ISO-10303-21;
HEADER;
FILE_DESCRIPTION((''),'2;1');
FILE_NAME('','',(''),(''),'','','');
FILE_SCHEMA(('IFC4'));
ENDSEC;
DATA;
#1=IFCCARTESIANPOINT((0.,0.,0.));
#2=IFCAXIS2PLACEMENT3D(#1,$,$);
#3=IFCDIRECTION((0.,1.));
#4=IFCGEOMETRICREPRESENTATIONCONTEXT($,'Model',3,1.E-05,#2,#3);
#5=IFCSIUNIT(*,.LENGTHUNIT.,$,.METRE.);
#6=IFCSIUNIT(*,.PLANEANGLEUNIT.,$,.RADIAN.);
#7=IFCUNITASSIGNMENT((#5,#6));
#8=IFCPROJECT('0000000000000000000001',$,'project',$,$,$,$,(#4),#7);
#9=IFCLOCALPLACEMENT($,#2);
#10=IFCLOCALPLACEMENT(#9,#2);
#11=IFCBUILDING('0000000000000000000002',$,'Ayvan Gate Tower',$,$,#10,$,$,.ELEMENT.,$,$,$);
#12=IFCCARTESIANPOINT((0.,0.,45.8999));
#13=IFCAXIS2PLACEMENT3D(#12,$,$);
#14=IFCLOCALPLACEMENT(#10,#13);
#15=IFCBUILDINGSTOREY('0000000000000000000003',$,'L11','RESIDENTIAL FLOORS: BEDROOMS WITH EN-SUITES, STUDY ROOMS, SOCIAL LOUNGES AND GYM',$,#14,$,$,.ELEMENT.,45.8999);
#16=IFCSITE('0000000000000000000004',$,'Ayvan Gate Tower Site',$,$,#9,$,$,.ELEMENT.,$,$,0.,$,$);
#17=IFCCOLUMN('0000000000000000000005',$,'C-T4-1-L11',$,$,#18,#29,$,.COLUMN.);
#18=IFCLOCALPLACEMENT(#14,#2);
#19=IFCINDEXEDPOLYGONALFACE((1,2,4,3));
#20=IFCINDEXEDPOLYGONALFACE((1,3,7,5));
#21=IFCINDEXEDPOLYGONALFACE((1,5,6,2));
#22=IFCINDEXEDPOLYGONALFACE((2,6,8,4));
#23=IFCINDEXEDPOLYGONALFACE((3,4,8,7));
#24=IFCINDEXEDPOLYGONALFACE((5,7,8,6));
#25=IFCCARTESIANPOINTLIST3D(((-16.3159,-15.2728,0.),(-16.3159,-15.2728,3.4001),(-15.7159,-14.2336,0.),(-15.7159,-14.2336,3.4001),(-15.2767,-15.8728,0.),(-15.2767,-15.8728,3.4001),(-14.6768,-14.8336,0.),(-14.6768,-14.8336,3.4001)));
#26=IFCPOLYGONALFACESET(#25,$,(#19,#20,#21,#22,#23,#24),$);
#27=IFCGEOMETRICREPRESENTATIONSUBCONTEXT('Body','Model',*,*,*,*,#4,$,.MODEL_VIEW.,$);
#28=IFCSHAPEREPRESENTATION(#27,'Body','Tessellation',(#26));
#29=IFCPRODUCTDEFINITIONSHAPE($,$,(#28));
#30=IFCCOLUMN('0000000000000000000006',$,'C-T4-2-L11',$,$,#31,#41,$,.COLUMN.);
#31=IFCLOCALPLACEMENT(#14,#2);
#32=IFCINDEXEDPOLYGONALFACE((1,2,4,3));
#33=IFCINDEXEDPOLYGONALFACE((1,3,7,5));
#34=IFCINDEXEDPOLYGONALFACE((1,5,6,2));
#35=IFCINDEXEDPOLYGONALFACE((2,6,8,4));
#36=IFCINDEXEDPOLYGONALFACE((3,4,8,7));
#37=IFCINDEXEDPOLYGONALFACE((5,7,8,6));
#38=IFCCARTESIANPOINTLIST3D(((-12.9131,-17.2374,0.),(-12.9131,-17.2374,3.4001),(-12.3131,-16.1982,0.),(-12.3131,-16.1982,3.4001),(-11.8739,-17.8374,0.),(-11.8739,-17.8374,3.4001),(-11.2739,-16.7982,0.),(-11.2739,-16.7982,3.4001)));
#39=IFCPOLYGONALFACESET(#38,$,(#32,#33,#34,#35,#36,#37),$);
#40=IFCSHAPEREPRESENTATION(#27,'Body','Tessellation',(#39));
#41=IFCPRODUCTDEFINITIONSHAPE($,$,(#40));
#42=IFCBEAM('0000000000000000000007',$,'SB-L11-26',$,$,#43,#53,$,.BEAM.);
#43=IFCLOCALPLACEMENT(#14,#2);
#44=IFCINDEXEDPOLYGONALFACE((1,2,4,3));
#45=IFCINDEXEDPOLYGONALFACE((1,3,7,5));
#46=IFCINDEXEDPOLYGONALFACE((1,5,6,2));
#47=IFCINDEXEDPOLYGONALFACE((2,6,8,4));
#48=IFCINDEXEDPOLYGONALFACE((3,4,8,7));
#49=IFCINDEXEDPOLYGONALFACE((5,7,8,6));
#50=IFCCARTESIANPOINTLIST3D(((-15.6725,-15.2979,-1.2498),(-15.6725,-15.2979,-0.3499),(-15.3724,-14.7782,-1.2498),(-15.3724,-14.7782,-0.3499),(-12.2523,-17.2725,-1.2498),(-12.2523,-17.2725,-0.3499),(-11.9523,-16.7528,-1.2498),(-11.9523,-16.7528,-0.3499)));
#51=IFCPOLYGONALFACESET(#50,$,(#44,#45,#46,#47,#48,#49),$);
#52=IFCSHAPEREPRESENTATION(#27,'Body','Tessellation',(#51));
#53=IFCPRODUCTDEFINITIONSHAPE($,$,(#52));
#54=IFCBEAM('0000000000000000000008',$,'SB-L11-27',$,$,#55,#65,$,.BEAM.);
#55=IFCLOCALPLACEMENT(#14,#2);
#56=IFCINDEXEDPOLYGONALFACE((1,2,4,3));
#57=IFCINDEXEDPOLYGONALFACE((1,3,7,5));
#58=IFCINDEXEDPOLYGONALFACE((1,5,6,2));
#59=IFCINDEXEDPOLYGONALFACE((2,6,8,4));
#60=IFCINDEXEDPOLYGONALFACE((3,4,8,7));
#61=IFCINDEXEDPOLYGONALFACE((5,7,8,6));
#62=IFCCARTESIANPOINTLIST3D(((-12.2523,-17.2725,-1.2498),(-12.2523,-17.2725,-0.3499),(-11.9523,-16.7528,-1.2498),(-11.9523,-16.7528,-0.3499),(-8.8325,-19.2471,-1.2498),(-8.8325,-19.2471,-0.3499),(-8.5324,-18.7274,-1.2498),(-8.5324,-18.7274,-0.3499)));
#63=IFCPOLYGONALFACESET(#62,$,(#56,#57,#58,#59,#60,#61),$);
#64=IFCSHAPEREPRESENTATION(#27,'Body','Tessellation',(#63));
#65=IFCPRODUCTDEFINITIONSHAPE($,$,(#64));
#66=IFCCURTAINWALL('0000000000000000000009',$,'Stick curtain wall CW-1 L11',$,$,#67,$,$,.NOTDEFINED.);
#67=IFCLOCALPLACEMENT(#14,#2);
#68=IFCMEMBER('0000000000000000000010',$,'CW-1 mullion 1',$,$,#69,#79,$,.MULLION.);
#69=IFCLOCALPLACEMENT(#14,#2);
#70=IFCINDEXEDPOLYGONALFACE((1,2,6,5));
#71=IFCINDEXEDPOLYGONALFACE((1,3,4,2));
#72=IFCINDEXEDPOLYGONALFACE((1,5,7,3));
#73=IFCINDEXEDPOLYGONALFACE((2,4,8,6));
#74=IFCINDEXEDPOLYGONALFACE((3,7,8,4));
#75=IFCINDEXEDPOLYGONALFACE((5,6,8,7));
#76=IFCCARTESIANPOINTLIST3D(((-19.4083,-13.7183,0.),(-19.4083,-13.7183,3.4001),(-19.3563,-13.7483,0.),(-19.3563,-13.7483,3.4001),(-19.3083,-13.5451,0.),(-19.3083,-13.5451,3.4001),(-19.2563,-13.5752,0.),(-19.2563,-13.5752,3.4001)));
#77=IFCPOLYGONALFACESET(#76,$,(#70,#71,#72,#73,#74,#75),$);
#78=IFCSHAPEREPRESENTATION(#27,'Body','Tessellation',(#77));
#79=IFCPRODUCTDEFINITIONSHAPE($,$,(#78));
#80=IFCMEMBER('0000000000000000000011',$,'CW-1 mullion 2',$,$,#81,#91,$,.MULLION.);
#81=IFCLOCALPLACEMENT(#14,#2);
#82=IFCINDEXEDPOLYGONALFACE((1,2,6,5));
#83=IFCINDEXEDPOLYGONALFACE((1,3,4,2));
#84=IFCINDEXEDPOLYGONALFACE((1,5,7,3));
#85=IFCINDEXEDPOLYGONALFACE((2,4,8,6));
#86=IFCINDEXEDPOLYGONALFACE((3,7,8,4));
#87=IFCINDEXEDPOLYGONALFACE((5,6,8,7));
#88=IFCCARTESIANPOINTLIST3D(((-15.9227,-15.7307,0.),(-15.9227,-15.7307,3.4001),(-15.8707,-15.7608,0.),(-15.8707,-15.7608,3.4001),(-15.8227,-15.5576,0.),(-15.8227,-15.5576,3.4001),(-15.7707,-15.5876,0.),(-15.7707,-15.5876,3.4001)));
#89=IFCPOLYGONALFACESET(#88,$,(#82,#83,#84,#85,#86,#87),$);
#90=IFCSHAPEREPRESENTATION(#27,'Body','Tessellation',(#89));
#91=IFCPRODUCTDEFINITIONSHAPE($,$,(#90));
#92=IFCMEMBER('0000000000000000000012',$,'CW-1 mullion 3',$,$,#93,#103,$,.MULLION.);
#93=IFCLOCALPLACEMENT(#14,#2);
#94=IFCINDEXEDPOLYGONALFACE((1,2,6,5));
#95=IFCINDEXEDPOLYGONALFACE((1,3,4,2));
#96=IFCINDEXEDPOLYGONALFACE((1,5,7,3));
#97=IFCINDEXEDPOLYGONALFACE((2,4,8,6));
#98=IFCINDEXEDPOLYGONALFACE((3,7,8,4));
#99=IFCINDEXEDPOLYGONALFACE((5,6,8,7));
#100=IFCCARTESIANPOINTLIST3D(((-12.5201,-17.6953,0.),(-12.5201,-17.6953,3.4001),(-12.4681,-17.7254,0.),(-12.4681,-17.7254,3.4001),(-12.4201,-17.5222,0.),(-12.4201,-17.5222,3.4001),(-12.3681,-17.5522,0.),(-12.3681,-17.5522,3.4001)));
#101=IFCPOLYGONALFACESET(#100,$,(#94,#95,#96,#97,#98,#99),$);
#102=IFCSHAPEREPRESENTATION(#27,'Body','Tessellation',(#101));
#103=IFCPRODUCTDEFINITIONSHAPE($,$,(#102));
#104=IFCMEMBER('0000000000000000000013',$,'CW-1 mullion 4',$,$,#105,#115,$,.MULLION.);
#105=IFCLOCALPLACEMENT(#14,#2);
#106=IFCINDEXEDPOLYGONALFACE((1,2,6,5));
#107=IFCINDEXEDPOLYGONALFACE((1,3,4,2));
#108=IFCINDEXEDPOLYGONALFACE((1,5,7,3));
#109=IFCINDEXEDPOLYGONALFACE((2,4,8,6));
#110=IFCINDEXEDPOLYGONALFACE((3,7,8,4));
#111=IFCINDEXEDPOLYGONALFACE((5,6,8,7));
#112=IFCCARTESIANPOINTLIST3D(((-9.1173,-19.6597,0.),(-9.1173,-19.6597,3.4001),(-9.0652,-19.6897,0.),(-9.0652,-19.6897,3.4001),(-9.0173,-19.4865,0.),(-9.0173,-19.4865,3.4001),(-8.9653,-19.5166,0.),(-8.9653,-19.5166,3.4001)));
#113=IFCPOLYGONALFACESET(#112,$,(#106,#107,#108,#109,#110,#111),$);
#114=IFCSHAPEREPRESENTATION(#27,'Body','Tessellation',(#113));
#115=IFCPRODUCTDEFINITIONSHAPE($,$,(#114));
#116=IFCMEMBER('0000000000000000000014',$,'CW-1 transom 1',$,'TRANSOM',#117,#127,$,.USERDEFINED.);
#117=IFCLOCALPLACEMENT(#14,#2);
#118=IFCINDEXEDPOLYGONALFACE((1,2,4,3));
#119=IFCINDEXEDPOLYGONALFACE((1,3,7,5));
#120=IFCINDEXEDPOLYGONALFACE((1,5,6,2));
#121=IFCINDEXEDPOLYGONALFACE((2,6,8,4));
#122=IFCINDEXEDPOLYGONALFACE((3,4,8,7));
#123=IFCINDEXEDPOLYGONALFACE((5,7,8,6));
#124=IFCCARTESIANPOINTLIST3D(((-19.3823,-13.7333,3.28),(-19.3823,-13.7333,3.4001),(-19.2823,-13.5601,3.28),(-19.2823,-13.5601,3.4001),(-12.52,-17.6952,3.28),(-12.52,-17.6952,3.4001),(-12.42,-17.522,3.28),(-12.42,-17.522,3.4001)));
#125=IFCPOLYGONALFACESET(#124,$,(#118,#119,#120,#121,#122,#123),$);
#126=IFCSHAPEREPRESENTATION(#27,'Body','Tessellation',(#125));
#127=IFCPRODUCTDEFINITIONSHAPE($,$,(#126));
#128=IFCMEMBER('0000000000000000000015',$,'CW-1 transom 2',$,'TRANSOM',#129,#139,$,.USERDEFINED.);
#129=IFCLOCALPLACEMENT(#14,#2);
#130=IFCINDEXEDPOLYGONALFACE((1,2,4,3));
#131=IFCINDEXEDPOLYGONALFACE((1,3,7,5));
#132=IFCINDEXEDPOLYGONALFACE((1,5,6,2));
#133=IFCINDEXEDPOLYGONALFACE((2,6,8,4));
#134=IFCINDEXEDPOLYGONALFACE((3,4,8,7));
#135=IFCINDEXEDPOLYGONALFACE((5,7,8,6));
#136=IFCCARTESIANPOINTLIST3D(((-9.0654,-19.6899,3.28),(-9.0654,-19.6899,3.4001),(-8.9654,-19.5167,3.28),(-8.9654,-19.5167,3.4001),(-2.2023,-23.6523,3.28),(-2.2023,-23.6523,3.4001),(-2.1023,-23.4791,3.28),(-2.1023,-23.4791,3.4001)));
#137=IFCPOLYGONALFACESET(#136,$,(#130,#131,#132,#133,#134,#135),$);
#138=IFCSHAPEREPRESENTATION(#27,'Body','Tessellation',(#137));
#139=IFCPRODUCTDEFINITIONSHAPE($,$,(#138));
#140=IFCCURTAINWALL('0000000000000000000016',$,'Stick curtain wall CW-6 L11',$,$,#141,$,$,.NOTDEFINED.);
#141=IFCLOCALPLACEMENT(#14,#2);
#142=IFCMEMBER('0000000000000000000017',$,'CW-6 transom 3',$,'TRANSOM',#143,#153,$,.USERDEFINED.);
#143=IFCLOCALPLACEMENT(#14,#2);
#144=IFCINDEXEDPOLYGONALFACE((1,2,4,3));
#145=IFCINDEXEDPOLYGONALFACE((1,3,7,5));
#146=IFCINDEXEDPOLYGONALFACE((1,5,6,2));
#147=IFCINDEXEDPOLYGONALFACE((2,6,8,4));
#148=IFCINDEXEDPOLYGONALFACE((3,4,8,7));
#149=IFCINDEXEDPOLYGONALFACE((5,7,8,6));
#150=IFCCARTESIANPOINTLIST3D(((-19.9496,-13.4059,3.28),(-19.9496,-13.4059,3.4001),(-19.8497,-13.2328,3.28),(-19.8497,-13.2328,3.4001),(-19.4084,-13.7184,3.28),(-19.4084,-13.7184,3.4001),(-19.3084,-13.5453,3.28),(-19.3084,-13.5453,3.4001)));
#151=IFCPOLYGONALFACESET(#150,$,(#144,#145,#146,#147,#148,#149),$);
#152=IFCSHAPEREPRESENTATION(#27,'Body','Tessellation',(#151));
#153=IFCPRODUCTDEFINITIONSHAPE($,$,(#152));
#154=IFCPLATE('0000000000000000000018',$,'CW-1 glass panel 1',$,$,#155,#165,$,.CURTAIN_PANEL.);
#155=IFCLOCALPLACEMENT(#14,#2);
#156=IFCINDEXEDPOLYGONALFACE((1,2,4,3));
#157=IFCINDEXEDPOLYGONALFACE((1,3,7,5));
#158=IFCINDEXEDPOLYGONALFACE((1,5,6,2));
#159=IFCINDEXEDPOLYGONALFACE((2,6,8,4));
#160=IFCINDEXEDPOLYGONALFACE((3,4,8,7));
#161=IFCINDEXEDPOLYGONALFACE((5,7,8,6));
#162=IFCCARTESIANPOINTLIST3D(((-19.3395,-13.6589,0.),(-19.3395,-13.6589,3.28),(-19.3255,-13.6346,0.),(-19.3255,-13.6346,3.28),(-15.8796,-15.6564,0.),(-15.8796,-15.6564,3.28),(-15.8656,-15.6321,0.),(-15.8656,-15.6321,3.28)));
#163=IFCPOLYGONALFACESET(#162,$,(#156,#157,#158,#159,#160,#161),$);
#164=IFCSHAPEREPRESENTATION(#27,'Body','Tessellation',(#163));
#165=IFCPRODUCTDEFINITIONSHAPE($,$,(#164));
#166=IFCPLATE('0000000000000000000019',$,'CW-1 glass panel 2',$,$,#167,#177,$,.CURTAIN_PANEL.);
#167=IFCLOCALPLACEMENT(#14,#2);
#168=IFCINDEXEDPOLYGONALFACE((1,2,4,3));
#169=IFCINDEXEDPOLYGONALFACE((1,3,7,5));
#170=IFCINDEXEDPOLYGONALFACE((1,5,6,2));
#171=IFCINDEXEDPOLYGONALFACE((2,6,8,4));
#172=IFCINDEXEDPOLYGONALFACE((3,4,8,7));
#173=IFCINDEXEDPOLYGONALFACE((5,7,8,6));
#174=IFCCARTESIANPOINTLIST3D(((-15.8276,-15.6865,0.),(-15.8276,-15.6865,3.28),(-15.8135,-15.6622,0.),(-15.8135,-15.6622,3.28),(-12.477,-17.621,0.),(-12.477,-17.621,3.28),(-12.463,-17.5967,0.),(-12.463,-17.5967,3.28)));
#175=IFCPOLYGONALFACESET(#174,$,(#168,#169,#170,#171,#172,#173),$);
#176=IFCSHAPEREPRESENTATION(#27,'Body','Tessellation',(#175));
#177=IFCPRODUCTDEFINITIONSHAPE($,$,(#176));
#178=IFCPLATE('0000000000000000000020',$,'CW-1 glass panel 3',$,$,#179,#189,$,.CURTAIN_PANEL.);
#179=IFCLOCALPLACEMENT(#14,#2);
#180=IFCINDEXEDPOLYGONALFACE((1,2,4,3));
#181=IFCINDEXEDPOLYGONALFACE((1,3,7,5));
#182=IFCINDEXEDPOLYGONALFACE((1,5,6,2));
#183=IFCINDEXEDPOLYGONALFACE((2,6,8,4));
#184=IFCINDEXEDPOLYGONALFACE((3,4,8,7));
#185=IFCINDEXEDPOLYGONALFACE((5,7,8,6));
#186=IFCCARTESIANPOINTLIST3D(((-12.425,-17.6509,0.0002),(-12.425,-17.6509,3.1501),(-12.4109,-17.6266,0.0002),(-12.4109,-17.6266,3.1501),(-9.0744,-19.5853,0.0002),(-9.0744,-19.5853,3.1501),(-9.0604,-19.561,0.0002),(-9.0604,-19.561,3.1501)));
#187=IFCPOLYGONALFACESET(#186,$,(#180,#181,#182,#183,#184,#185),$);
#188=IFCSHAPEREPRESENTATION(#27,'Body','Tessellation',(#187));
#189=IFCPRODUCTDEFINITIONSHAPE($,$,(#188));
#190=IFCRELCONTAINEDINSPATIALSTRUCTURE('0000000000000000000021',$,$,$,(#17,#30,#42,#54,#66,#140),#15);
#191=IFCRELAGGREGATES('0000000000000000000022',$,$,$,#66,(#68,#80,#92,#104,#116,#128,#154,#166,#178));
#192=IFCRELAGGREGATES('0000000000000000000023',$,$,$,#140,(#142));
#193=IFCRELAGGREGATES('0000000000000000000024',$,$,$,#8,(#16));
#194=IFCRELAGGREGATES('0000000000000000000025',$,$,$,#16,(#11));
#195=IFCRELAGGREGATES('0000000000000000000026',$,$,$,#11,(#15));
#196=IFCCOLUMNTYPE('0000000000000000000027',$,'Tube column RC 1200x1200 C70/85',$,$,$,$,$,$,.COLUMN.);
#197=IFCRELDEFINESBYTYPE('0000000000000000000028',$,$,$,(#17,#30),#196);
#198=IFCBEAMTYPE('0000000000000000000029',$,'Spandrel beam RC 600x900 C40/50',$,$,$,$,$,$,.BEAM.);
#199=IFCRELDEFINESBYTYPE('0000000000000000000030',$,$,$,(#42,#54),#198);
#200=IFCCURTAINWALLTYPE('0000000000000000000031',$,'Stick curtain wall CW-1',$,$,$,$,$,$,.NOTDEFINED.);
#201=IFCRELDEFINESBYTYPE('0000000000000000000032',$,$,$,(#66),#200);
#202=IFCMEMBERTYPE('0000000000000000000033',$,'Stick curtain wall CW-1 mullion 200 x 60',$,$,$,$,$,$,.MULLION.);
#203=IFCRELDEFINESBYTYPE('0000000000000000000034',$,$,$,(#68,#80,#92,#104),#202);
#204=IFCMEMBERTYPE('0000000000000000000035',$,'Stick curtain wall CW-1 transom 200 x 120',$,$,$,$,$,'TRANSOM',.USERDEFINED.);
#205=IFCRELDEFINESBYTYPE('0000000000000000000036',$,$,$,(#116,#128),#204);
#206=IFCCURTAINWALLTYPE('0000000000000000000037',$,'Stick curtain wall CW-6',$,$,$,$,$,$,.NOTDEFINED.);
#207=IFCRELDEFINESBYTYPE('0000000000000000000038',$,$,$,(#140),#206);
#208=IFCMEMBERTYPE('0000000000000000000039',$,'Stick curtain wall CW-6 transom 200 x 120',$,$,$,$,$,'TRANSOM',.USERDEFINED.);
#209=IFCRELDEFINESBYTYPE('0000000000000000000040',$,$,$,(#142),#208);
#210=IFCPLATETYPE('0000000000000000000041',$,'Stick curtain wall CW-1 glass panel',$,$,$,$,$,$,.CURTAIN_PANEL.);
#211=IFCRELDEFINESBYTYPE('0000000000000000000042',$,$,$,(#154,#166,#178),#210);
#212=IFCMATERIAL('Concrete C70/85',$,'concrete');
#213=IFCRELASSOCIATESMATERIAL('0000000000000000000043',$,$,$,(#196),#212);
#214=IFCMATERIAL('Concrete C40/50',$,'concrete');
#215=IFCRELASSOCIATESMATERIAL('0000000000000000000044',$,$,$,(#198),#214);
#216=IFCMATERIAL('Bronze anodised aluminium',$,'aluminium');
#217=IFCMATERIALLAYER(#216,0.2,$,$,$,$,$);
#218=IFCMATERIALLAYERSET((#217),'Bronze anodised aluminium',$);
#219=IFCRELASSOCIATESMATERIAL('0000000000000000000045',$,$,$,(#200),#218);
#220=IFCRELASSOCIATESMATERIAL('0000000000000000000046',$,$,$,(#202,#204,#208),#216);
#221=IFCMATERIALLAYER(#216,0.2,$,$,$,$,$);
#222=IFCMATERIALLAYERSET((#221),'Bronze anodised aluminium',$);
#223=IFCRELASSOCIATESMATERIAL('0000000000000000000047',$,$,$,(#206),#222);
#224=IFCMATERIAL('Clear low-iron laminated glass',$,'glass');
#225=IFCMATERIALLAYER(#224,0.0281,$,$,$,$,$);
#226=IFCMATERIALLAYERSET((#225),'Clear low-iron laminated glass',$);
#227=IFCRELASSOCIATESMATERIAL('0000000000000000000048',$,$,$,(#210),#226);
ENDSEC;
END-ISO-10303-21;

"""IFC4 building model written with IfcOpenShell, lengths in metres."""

from ifc_helpers import new_model, si_unit, direction, frame, origin, origin_2d, place, context, subcontext, project, spatial, rectangle, extrude, material, layer, layer_set, material_profile, profile_set, type_object, element, aggregate, save


model = new_model("IFC4")

# Units and contexts
model_context = context("Model", 3, precision=1e-05, world=origin(), true_north=direction((0.0, 1.0)))
body_context = subcontext(model_context, "Body", "Model", "MODEL_VIEW")
ifc_project = project(units=[si_unit("LENGTHUNIT", "METRE"), si_unit("PLANEANGLEUNIT", "RADIAN")], contexts=[model_context])

# Site, building, storey
site_placement = place(None, origin())
site = spatial("IfcSite", under=ifc_project, at=site_placement, Name="Ayvan Gate Tower Site", CompositionType="ELEMENT", RefElevation=0.0)
building_placement = place(site_placement, origin())
building = spatial("IfcBuilding", under=site, at=building_placement, Name="Ayvan Gate Tower", CompositionType="ELEMENT")
storey_placement = place(building_placement, frame((0.0, 0.0, 45.8999)))
storey = spatial("IfcBuildingStorey", under=building, at=storey_placement, Name="L11", Description="RESIDENTIAL FLOORS: BEDROOMS WITH EN-SUITES, STUDY ROOMS, SOCIAL LOUNGES AND GYM", CompositionType="ELEMENT", Elevation=45.8999)

# Columns
ifc_material_1 = material(Name="Concrete C70/85", Category="concrete")
ifc_material_profile_1 = material_profile(ifc_material_1, rectangle(XDim=1.2, YDim=1.2, at=origin_2d()), Name="RC 1200x1200")
ifc_profile_set_1 = profile_set([ifc_material_profile_1], Name="Concrete C70/85")
column_type = type_object("IfcColumnType", Name="Tube column RC 1200x1200 C70/85", PredefinedType="COLUMN", material=ifc_profile_set_1)
for number, where, z_axis, x_axis, name in (
    (1, (-15.4963, -15.0532, 0.0), (0.0, 0.0, 1.0), (-0.5, -0.866025, 0.0), "C-T4-1-L11"),
    (2, (-12.0935, -17.0178, 0.0), (0.0, 0.0, 1.0), (-0.5, -0.866025, 0.0), "C-T4-2-L11"),
):
    element("IfcColumn", number, at=place(storey_placement, frame(where, z_axis=z_axis, x_axis=x_axis)), inside=storey, type_object=column_type, Name=name, PredefinedType="COLUMN", context=body_context, shape_type="SweptSolid", body=[
        extrude(rectangle(XDim=1.2, YDim=1.2, at=origin_2d()), origin(), (0.0, 0.0, 1.0), 3.4001),
    ])

# Beams
ifc_material_2 = material(Name="Concrete C40/50", Category="concrete")
ifc_material_profile_2 = material_profile(ifc_material_2, rectangle(XDim=0.6001, YDim=0.8999, at=origin_2d()), Name="RC 600x900")
ifc_profile_set_2 = profile_set([ifc_material_profile_2], Name="Concrete C40/50")
beam_type = type_object("IfcBeamType", Name="Spandrel beam RC 600x900 C40/50", PredefinedType="BEAM", material=ifc_profile_set_2)
beam_1_placement = place(storey_placement, frame((-15.5225, -15.0381, -0.7998), z_axis=(0.866028, -0.499995, 0.0), x_axis=(0.499995, 0.866028, 0.0)))
element("IfcBeam", 3, at=beam_1_placement, inside=storey, type_object=beam_type, Name="SB-L11-26", PredefinedType="BEAM", context=body_context, shape_type="SweptSolid", body=[
    extrude(rectangle(XDim=0.6001, YDim=0.8999, at=origin_2d()), origin(), (0.0, 0.0, 1.0), 3.9492),
])
beam_2_placement = place(storey_placement, frame((-12.1023, -17.0127, -0.7998), z_axis=(0.866013, -0.500022, 0.0), x_axis=(0.500022, 0.866013, 0.0)))
element("IfcBeam", 4, at=beam_2_placement, inside=storey, type_object=beam_type, Name="SB-L11-27", PredefinedType="BEAM", context=body_context, shape_type="SweptSolid", body=[
    extrude(rectangle(XDim=0.6001, YDim=0.8999, at=origin_2d()), origin(), (0.0, 0.0, 1.0), 3.949),
])

# Curtain wall, members
ifc_material_3 = material(Name="Bronze anodised aluminium", Category="aluminium")
ifc_layer_1 = layer(ifc_material_3, 0.2)
ifc_layer_set_1 = layer_set([ifc_layer_1], Name="Bronze anodised aluminium")
curtain_wall_type_1 = type_object("IfcCurtainWallType", Name="Stick curtain wall CW-1", PredefinedType="NOTDEFINED", material=ifc_layer_set_1)
curtain_wall_1_placement = place(storey_placement, origin())
curtain_wall_1 = element("IfcCurtainWall", 5, at=curtain_wall_1_placement, inside=storey, type_object=curtain_wall_type_1, Name="Stick curtain wall CW-1 L11", PredefinedType="NOTDEFINED")
ifc_material_profile_3 = material_profile(ifc_material_3, rectangle(XDim=0.2, YDim=0.0601, at=origin_2d()), Name="Stick curtain wall CW-1 mullion 200 x 60")
ifc_profile_set_3 = profile_set([ifc_material_profile_3], Name="Bronze anodised aluminium")
member_type_1 = type_object("IfcMemberType", Name="Stick curtain wall CW-1 mullion 200 x 60", PredefinedType="MULLION", material=ifc_profile_set_3)
member_1_placement = place(storey_placement, frame((-19.3323, -13.6467, 0.0), z_axis=(0.0, 0.0, 1.0), x_axis=(-0.5, -0.866025, 0.0)))
member_1 = element("IfcMember", 6, at=member_1_placement, type_object=member_type_1, Name="CW-1 mullion 1", PredefinedType="MULLION", context=body_context, shape_type="SweptSolid", body=[
    extrude(rectangle(XDim=0.2, YDim=0.0601, at=origin_2d()), origin(), (0.0, 0.0, 1.0), 3.4001),
])
member_2_placement = place(storey_placement, frame((-15.8467, -15.6592, 0.0), z_axis=(0.0, 0.0, 1.0), x_axis=(-0.5, -0.866025, 0.0)))
member_2 = element("IfcMember", 7, at=member_2_placement, type_object=member_type_1, Name="CW-1 mullion 2", PredefinedType="MULLION", context=body_context, shape_type="SweptSolid", body=[
    extrude(rectangle(XDim=0.2, YDim=0.0601, at=origin_2d()), origin(), (0.0, 0.0, 1.0), 3.4001),
])
member_3_placement = place(storey_placement, frame((-12.4441, -17.6238, 0.0), z_axis=(0.0, 0.0, 1.0), x_axis=(-0.5, -0.866025, 0.0)))
member_3 = element("IfcMember", 8, at=member_3_placement, type_object=member_type_1, Name="CW-1 mullion 3", PredefinedType="MULLION", context=body_context, shape_type="SweptSolid", body=[
    extrude(rectangle(XDim=0.2, YDim=0.0601, at=origin_2d()), origin(), (0.0, 0.0, 1.0), 3.4001),
])
member_4_placement = place(storey_placement, frame((-9.0413, -19.5881, 0.0), z_axis=(0.0, 0.0, 1.0), x_axis=(-0.5, -0.866025, 0.0)))
member_4 = element("IfcMember", 9, at=member_4_placement, type_object=member_type_1, Name="CW-1 mullion 4", PredefinedType="MULLION", context=body_context, shape_type="SweptSolid", body=[
    extrude(rectangle(XDim=0.2, YDim=0.0601, at=origin_2d()), origin(), (0.0, 0.0, 1.0), 3.4001),
])
ifc_material_profile_4 = material_profile(ifc_material_3, rectangle(XDim=0.2, YDim=0.1201, at=origin_2d()), Name="Stick curtain wall CW-1 transom 200 x 120")
ifc_profile_set_4 = profile_set([ifc_material_profile_4], Name="Bronze anodised aluminium")
member_type_2 = type_object("IfcMemberType", Name="Stick curtain wall CW-1 transom 200 x 120", ElementType="TRANSOM", PredefinedType="USERDEFINED", material=ifc_profile_set_4)
member_5_placement = place(storey_placement, frame((-19.3323, -13.6467, 3.3401), z_axis=(0.866028, -0.499996, 0.0), x_axis=(0.499996, 0.866028, 0.0)))
member_5 = element("IfcMember", 10, at=member_5_placement, type_object=member_type_2, Name="CW-1 transom 1", ObjectType="TRANSOM", PredefinedType="USERDEFINED", context=body_context, shape_type="SweptSolid", body=[
    extrude(rectangle(XDim=0.2, YDim=0.1201, at=origin_2d()), origin(), (0.0, 0.0, 1.0), 7.9238),
])
member_6_placement = place(storey_placement, frame((-9.0154, -19.6033, 3.3401), z_axis=(0.866024, -0.500002, 0.0), x_axis=(0.500002, 0.866024, 0.0)))
member_6 = element("IfcMember", 11, at=member_6_placement, type_object=member_type_2, Name="CW-1 transom 2", ObjectType="TRANSOM", PredefinedType="USERDEFINED", context=body_context, shape_type="SweptSolid", body=[
    extrude(rectangle(XDim=0.2, YDim=0.1201, at=origin_2d()), origin(), (0.0, 0.0, 1.0), 7.9248),
])

# Curtain wall, member
ifc_layer_2 = layer(ifc_material_3, 0.2)
ifc_layer_set_2 = layer_set([ifc_layer_2], Name="Bronze anodised aluminium")
curtain_wall_type_2 = type_object("IfcCurtainWallType", Name="Stick curtain wall CW-6", PredefinedType="NOTDEFINED", material=ifc_layer_set_2)
curtain_wall_2_placement = place(storey_placement, origin())
curtain_wall_2 = element("IfcCurtainWall", 12, at=curtain_wall_2_placement, inside=storey, type_object=curtain_wall_type_2, Name="Stick curtain wall CW-6 L11", PredefinedType="NOTDEFINED")
ifc_material_profile_5 = material_profile(ifc_material_3, rectangle(XDim=0.2, YDim=0.1201, at=origin_2d()), Name="Stick curtain wall CW-6 transom 200 x 120")
ifc_profile_set_5 = profile_set([ifc_material_profile_5], Name="Bronze anodised aluminium")
member_type_3 = type_object("IfcMemberType", Name="Stick curtain wall CW-6 transom 200 x 120", ElementType="TRANSOM", PredefinedType="USERDEFINED", material=ifc_profile_set_5)
member_7_placement = place(storey_placement, frame((-19.8997, -13.3193, 3.3401), z_axis=(0.866023, -0.500004, 0.0), x_axis=(0.500004, 0.866023, 0.0)))
member_7 = element("IfcMember", 13, at=member_7_placement, type_object=member_type_3, Name="CW-6 transom 3", ObjectType="TRANSOM", PredefinedType="USERDEFINED", context=body_context, shape_type="SweptSolid", body=[
    extrude(rectangle(XDim=0.2, YDim=0.1201, at=origin_2d()), origin(), (0.0, 0.0, 1.0), 0.625),
])

# Plates
ifc_material_4 = material(Name="Clear low-iron laminated glass", Category="glass")
ifc_layer_3 = layer(ifc_material_4, 0.0281)
ifc_layer_set_3 = layer_set([ifc_layer_3], Name="Clear low-iron laminated glass")
plate_type_1 = type_object("IfcPlateType", Name="Stick curtain wall CW-1 glass panel", PredefinedType="CURTAIN_PANEL", material=ifc_layer_set_3)
plate_1_placement = place(storey_placement, frame((-17.6025, -14.6455, 0.0), z_axis=(0.0, 0.0, 1.0), x_axis=(0.866025, -0.5, 0.0)))
plate_1 = element("IfcPlate", 14, at=plate_1_placement, type_object=plate_type_1, Name="CW-1 glass panel 1", PredefinedType="CURTAIN_PANEL", context=body_context, shape_type="SweptSolid", body=[
    extrude(rectangle(XDim=3.9951, YDim=0.0281, at=origin_2d()), origin(), (0.0, 0.0, 1.0), 3.28),
])
plate_2_placement = place(storey_placement, frame((-14.1453, -16.6416, 0.0), z_axis=(0.0, 0.0, 1.0), x_axis=(0.866025, -0.5, 0.0)))
plate_2 = element("IfcPlate", 15, at=plate_2_placement, type_object=plate_type_1, Name="CW-1 glass panel 2", PredefinedType="CURTAIN_PANEL", context=body_context, shape_type="SweptSolid", body=[
    extrude(rectangle(XDim=3.8689, YDim=0.0281, at=origin_2d()), origin(), (0.0, 0.0, 1.0), 3.28),
])
plate_3_placement = place(storey_placement, frame((-10.7427, -18.606, 0.0002), z_axis=(0.0, 0.0, 1.0), x_axis=(0.866025, -0.5, 0.0)))
plate_3 = element("IfcPlate", 16, at=plate_3_placement, type_object=plate_type_1, Name="CW-1 glass panel 3", PredefinedType="CURTAIN_PANEL", context=body_context, shape_type="SweptSolid", body=[
    extrude(rectangle(XDim=3.8689, YDim=0.0281, at=origin_2d()), origin(), (0.0, 0.0, 1.0), 3.1499),
])
aggregate(curtain_wall_1, [member_1, member_2, member_3, member_4, member_5, member_6, plate_1, plate_2, plate_3])
aggregate(curtain_wall_2, [member_7])

save(model, "model.ifc")
